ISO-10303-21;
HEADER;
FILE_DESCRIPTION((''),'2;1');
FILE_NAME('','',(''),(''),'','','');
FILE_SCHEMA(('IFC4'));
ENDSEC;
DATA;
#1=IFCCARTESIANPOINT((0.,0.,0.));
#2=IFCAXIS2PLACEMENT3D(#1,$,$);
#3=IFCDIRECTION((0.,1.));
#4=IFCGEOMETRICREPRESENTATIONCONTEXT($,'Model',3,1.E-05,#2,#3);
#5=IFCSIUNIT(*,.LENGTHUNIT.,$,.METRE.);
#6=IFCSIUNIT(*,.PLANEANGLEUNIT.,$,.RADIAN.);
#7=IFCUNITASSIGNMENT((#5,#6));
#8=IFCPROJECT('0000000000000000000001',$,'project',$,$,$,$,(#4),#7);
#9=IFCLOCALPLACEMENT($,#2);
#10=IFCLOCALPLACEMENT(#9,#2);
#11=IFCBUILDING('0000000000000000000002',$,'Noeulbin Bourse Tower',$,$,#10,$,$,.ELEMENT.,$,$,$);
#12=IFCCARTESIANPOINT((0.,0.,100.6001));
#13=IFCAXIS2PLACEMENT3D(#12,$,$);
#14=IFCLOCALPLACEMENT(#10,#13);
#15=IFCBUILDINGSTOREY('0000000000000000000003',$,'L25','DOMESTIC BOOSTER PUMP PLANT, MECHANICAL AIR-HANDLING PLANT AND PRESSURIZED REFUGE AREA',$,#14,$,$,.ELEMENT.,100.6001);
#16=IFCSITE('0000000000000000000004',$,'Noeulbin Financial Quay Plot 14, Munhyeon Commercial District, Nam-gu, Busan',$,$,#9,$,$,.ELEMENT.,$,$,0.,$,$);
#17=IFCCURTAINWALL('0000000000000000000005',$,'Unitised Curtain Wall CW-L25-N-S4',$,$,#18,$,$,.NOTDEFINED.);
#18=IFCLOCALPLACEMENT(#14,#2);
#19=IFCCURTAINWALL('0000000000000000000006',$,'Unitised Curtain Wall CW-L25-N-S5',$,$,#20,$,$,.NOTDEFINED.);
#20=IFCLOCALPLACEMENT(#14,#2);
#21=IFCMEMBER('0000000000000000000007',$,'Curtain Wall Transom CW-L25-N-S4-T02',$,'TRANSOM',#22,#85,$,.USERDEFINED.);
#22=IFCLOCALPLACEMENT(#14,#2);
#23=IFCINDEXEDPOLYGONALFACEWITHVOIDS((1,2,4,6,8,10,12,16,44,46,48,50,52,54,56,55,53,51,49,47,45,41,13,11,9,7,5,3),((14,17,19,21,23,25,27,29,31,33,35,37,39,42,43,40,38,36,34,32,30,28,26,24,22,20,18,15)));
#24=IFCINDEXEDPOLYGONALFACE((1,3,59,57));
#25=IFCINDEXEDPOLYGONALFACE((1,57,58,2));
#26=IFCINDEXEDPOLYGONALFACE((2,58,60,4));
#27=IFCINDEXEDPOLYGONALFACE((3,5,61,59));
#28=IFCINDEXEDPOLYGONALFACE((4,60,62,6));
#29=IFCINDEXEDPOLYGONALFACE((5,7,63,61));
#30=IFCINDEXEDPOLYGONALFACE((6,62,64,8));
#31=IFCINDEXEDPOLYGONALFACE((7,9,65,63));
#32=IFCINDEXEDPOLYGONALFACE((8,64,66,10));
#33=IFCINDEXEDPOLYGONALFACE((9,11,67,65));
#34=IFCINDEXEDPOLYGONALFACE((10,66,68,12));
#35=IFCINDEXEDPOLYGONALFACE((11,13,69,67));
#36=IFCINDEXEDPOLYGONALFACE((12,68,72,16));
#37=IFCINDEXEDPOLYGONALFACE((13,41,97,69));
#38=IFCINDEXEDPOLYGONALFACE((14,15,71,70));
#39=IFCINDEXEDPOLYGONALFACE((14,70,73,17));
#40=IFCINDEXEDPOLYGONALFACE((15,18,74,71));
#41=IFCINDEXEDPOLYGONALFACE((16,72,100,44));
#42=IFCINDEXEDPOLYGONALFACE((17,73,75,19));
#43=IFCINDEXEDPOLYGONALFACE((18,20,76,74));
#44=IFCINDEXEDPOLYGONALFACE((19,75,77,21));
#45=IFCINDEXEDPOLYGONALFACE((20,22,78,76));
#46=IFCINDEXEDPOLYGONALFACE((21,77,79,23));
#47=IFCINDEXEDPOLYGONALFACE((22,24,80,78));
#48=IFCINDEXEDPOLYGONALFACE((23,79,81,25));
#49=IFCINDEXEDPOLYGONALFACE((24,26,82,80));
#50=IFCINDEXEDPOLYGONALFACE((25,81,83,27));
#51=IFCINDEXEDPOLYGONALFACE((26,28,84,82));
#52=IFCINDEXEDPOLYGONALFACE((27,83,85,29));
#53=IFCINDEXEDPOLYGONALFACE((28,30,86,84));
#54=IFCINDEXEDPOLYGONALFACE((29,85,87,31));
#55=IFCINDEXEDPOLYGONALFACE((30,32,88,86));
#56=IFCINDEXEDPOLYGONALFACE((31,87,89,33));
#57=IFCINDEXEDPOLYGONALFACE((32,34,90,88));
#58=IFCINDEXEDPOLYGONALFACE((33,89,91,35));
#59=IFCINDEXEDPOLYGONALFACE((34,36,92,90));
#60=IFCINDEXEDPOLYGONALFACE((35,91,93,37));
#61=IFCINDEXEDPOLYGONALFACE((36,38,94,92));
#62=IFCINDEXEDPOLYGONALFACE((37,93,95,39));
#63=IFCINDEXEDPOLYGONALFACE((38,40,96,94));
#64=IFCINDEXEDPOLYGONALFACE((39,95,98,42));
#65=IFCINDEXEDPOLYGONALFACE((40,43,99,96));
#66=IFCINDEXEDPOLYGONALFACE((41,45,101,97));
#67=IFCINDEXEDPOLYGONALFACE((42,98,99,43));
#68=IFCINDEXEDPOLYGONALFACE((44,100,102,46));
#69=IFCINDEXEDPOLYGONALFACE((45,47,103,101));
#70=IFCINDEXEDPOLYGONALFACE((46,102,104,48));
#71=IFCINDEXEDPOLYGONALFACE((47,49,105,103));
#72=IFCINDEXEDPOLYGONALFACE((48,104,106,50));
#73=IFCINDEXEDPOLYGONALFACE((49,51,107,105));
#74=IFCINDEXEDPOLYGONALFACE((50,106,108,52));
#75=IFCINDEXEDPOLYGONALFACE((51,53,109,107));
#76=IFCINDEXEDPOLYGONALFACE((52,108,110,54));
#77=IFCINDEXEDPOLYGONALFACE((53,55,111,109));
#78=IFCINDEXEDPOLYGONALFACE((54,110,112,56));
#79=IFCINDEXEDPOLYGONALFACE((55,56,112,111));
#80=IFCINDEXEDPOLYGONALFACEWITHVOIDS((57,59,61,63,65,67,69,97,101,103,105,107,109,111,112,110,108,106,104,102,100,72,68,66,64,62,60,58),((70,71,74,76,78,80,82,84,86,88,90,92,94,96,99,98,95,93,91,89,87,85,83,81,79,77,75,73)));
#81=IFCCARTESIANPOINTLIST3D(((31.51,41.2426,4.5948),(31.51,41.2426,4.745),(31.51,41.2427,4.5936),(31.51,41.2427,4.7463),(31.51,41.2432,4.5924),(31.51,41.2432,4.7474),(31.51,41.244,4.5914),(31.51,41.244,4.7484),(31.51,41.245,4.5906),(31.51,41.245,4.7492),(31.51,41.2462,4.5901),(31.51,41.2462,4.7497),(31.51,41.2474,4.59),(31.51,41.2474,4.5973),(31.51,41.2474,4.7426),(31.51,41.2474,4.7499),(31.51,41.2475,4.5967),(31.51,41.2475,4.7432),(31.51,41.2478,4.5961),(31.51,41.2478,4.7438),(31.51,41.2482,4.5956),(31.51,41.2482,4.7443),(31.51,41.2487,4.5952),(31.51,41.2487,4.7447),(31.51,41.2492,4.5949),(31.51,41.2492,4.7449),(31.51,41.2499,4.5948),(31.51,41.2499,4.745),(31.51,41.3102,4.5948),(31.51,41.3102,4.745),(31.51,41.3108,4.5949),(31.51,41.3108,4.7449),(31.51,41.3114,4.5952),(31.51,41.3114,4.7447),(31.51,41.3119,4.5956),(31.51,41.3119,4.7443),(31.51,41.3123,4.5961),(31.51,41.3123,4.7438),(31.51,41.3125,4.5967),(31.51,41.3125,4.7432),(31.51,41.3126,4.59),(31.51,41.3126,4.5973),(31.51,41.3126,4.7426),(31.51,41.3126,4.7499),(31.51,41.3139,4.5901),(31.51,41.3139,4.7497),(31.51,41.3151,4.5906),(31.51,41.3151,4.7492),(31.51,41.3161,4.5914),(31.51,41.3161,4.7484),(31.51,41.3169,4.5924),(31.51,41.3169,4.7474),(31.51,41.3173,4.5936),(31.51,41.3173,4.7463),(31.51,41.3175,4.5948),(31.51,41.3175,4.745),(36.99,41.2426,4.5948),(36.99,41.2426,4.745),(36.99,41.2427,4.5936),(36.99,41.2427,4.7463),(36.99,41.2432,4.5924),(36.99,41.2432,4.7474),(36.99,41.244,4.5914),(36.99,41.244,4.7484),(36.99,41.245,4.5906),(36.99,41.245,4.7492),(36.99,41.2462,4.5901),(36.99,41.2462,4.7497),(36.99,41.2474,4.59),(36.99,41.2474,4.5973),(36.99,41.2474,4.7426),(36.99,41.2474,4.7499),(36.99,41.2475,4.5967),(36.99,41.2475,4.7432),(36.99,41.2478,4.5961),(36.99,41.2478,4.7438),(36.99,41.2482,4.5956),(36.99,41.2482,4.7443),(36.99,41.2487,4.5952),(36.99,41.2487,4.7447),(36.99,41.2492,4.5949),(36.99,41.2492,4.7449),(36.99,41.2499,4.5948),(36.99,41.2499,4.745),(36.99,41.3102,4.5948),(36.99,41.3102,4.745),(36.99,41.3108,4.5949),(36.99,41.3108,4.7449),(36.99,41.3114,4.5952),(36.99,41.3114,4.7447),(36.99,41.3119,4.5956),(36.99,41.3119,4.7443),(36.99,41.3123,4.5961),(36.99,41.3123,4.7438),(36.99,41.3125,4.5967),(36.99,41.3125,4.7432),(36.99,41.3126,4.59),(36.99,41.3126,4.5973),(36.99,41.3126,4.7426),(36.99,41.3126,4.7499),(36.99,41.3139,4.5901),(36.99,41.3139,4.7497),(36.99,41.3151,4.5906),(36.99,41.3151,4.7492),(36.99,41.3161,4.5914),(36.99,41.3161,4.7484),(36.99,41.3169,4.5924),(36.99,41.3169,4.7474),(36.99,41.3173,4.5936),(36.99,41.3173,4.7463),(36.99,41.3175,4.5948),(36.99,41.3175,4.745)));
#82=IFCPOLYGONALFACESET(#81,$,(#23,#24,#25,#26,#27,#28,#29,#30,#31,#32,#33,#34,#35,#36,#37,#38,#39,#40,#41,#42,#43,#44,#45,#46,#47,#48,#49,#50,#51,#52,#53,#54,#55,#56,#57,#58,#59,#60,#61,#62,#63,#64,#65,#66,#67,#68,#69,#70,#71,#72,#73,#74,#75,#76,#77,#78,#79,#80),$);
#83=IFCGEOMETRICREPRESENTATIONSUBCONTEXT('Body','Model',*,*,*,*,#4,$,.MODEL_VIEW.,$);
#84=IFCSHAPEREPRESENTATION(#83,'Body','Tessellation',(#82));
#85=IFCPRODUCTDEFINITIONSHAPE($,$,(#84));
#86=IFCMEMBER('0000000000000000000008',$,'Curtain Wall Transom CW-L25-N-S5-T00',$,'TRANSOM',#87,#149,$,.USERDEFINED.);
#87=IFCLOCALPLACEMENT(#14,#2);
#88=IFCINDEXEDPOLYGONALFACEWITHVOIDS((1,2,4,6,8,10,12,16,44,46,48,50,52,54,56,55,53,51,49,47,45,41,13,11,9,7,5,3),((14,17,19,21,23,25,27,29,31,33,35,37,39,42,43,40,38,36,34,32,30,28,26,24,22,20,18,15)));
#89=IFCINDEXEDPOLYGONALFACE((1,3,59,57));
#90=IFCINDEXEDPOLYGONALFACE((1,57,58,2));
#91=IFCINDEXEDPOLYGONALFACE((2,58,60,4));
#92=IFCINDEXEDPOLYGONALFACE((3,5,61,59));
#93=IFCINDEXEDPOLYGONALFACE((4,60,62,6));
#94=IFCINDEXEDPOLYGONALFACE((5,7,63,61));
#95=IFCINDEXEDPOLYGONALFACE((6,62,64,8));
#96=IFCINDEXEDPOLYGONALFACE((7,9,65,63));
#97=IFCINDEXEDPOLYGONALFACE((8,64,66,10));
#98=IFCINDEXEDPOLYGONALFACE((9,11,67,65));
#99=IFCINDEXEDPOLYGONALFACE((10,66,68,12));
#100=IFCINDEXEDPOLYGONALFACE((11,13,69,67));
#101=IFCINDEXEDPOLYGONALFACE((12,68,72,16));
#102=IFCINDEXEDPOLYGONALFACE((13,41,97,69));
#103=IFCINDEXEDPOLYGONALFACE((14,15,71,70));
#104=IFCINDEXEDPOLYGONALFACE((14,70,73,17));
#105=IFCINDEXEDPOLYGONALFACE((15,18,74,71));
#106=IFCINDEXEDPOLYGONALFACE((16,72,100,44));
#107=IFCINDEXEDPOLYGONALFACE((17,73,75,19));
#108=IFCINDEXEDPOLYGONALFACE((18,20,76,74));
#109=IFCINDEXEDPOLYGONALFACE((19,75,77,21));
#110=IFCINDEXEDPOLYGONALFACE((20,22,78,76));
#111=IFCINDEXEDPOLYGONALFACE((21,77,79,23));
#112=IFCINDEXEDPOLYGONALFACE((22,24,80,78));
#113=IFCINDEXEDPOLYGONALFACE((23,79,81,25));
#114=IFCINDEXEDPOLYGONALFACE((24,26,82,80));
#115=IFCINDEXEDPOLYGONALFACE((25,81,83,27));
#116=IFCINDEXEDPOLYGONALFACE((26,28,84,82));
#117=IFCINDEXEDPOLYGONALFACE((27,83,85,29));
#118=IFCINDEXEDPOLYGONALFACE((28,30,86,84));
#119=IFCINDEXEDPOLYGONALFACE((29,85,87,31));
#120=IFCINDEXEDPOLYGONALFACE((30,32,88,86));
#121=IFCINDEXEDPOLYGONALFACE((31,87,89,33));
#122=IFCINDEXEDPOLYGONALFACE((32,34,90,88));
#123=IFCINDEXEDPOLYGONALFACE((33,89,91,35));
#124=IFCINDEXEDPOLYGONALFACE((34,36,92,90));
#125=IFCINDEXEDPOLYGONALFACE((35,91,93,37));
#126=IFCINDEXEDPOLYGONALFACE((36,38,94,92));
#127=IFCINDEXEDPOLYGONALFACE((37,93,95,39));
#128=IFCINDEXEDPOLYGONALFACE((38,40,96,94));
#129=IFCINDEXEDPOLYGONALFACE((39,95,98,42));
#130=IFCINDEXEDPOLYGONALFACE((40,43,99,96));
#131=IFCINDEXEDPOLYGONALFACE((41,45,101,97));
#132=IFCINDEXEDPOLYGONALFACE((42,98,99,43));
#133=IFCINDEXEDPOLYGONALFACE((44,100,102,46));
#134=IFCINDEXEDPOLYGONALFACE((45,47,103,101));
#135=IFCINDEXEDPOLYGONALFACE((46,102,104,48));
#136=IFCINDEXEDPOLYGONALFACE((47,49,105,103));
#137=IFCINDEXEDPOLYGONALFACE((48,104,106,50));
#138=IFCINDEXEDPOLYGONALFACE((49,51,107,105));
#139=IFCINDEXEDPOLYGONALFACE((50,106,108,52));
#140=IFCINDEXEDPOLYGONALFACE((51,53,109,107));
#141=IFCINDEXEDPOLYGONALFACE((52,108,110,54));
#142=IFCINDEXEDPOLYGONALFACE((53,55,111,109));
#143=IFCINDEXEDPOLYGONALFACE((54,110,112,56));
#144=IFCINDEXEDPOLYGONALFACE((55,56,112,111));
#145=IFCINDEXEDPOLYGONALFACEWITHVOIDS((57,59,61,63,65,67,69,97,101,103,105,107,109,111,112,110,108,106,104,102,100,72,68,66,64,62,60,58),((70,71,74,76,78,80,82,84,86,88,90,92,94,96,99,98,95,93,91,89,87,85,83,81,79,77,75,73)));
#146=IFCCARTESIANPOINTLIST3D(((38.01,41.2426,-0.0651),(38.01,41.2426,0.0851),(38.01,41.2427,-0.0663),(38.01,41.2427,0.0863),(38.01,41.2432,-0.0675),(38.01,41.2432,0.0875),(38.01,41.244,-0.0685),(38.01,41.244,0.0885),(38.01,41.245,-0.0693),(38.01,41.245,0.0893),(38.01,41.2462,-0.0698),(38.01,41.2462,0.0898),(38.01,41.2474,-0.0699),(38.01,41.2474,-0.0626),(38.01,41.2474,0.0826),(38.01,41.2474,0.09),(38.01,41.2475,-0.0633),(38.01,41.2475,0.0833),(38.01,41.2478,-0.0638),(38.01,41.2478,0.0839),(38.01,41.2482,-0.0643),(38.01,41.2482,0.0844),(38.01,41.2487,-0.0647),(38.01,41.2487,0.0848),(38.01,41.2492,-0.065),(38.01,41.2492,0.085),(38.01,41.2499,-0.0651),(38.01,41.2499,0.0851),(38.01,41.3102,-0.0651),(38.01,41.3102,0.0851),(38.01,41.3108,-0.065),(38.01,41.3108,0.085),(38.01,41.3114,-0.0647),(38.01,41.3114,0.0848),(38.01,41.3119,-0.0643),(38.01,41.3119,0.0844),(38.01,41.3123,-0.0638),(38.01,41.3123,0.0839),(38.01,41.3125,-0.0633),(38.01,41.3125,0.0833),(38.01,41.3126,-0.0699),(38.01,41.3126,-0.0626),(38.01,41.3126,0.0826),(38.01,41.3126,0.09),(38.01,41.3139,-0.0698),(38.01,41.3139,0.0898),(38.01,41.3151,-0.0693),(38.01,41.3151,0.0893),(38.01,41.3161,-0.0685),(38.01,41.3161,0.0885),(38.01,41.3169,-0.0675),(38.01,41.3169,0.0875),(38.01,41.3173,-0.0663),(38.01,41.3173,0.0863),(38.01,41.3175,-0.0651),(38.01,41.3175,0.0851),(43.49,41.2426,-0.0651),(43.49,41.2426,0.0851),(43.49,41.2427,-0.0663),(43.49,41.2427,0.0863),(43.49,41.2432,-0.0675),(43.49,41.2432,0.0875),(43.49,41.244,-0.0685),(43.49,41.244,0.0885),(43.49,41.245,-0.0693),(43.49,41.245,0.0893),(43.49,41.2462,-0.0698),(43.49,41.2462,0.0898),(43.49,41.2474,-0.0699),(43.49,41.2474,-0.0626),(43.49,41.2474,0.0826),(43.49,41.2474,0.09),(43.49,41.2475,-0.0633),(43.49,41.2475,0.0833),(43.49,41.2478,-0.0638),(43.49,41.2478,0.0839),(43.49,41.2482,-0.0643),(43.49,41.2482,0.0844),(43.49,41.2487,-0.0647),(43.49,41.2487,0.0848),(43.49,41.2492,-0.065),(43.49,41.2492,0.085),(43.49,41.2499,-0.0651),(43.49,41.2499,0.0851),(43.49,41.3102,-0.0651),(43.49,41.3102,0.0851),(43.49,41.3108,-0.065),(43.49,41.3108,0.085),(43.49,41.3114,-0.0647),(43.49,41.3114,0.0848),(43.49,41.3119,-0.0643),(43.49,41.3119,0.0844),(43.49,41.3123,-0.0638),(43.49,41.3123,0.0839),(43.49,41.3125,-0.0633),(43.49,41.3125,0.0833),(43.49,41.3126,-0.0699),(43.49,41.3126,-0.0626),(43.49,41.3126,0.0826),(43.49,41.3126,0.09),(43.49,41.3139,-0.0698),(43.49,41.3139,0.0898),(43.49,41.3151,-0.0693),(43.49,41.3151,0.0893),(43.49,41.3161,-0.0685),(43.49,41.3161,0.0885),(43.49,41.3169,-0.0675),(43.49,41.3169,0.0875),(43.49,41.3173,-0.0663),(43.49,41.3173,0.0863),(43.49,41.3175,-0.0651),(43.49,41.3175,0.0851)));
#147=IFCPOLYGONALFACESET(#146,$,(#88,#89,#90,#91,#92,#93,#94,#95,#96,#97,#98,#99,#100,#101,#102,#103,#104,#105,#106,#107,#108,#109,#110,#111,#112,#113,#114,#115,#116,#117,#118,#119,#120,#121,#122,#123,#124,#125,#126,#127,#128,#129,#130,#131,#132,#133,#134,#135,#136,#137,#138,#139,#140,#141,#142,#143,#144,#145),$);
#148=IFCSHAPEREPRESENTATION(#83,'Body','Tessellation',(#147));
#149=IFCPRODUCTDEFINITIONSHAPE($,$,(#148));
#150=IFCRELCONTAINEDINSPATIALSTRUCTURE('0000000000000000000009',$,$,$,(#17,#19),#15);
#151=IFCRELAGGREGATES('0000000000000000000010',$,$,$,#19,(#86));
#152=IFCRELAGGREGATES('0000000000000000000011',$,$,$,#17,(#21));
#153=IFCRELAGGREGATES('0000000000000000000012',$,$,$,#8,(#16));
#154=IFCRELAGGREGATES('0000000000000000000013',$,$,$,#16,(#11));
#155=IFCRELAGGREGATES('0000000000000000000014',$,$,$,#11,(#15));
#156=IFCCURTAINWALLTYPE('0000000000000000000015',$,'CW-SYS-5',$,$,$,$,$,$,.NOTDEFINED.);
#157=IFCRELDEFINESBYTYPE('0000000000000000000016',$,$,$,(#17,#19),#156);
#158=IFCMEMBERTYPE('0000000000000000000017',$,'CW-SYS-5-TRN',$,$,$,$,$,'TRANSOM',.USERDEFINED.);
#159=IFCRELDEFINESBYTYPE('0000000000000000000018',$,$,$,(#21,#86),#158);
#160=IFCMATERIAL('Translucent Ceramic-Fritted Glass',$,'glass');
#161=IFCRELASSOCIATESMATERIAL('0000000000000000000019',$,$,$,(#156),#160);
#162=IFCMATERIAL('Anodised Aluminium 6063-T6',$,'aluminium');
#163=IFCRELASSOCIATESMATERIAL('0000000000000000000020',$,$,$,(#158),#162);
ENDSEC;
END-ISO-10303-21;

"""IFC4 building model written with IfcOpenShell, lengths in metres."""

from ifc_helpers import new_model, si_unit, direction, frame, origin, origin_2d, place, context, subcontext, project, spatial, hollow_rectangle, extrude, material, material_profile, profile_set, type_object, element, aggregate, save


model = new_model("IFC4")

# Units and contexts
model_context = context("Model", 3, precision=1e-05, world=origin(), true_north=direction((0.0, 1.0)))
body_context = subcontext(model_context, "Body", "Model", "MODEL_VIEW")
ifc_project = project(units=[si_unit("LENGTHUNIT", "METRE"), si_unit("PLANEANGLEUNIT", "RADIAN")], contexts=[model_context])

# Site, building, storey
site_placement = place(None, origin())
site = spatial("IfcSite", under=ifc_project, at=site_placement, Name="Noeulbin Financial Quay Plot 14, Munhyeon Commercial District, Nam-gu, Busan", CompositionType="ELEMENT", RefElevation=0.0)
building_placement = place(site_placement, origin())
building = spatial("IfcBuilding", under=site, at=building_placement, Name="Noeulbin Bourse Tower", CompositionType="ELEMENT")
storey_placement = place(building_placement, frame((0.0, 0.0, 100.6001)))
storey = spatial("IfcBuildingStorey", under=building, at=storey_placement, Name="L25", Description="DOMESTIC BOOSTER PUMP PLANT, MECHANICAL AIR-HANDLING PLANT AND PRESSURIZED REFUGE AREA", CompositionType="ELEMENT", Elevation=100.6001)

# Shared definitions
ifc_material_1 = material(Name="Translucent Ceramic-Fritted Glass", Category="glass")
curtain_wall_type = type_object("IfcCurtainWallType", Name="CW-SYS-5", PredefinedType="NOTDEFINED", material=ifc_material_1)
ifc_material_2 = material(Name="Anodised Aluminium 6063-T6", Category="aluminium")

# Curtain wall
curtain_wall_1_placement = place(storey_placement, origin())
curtain_wall_1 = element("IfcCurtainWall", 1, at=curtain_wall_1_placement, inside=storey, type_object=curtain_wall_type, Name="Unitised Curtain Wall CW-L25-N-S4", PredefinedType="NOTDEFINED")

# Curtain wall
curtain_wall_2_placement = place(storey_placement, origin())
curtain_wall_2 = element("IfcCurtainWall", 2, at=curtain_wall_2_placement, inside=storey, type_object=curtain_wall_type, Name="Unitised Curtain Wall CW-L25-N-S5", PredefinedType="NOTDEFINED")

# Members
ifc_material_profile_1 = material_profile(ifc_material_2, hollow_rectangle(XDim=0.075, YDim=0.1599, WallThickness=0.0049, InnerFilletRadius=0.0024, OuterFilletRadius=0.0049, at=origin_2d()), Name="ALU-TRAN-75x160x5", Category="LoadBearing")
ifc_profile_set_1 = profile_set([ifc_material_profile_1], Name="Anodised Aluminium 6063-T6")
member_type_1 = type_object("IfcMemberType", Name="CW-SYS-5-TRN", ElementType="TRANSOM", PredefinedType="USERDEFINED", material=ifc_profile_set_1)
member_1_placement = place(storey_placement, frame((31.51, 41.28, 4.6699), z_axis=(1.0, 0.0, 0.0), x_axis=(0.0, 1.0, 0.0)))
member_1 = element("IfcMember", 3, at=member_1_placement, type_object=member_type_1, Name="Curtain Wall Transom CW-L25-N-S4-T02", ObjectType="TRANSOM", PredefinedType="USERDEFINED", context=body_context, shape_type="SweptSolid", body=[
    extrude(hollow_rectangle(XDim=0.075, YDim=0.1599, WallThickness=0.0049, InnerFilletRadius=0.0024, OuterFilletRadius=0.0049, at=origin_2d()), origin(), (0.0, 0.0, 1.0), 5.48),
])
member_2_placement = place(storey_placement, frame((38.01, 41.28, 0.01), z_axis=(1.0, 0.0, 0.0), x_axis=(0.0, 1.0, 0.0)))
member_2 = element("IfcMember", 4, at=member_2_placement, type_object=member_type_1, Name="Curtain Wall Transom CW-L25-N-S5-T00", ObjectType="TRANSOM", PredefinedType="USERDEFINED", context=body_context, shape_type="SweptSolid", body=[
    extrude(hollow_rectangle(XDim=0.075, YDim=0.1599, WallThickness=0.0049, InnerFilletRadius=0.0024, OuterFilletRadius=0.0049, at=origin_2d()), origin(), (0.0, 0.0, 1.0), 5.48),
])
aggregate(curtain_wall_2, [member_2])

aggregate(curtain_wall_1, [member_1])

save(model, "model.ifc")
